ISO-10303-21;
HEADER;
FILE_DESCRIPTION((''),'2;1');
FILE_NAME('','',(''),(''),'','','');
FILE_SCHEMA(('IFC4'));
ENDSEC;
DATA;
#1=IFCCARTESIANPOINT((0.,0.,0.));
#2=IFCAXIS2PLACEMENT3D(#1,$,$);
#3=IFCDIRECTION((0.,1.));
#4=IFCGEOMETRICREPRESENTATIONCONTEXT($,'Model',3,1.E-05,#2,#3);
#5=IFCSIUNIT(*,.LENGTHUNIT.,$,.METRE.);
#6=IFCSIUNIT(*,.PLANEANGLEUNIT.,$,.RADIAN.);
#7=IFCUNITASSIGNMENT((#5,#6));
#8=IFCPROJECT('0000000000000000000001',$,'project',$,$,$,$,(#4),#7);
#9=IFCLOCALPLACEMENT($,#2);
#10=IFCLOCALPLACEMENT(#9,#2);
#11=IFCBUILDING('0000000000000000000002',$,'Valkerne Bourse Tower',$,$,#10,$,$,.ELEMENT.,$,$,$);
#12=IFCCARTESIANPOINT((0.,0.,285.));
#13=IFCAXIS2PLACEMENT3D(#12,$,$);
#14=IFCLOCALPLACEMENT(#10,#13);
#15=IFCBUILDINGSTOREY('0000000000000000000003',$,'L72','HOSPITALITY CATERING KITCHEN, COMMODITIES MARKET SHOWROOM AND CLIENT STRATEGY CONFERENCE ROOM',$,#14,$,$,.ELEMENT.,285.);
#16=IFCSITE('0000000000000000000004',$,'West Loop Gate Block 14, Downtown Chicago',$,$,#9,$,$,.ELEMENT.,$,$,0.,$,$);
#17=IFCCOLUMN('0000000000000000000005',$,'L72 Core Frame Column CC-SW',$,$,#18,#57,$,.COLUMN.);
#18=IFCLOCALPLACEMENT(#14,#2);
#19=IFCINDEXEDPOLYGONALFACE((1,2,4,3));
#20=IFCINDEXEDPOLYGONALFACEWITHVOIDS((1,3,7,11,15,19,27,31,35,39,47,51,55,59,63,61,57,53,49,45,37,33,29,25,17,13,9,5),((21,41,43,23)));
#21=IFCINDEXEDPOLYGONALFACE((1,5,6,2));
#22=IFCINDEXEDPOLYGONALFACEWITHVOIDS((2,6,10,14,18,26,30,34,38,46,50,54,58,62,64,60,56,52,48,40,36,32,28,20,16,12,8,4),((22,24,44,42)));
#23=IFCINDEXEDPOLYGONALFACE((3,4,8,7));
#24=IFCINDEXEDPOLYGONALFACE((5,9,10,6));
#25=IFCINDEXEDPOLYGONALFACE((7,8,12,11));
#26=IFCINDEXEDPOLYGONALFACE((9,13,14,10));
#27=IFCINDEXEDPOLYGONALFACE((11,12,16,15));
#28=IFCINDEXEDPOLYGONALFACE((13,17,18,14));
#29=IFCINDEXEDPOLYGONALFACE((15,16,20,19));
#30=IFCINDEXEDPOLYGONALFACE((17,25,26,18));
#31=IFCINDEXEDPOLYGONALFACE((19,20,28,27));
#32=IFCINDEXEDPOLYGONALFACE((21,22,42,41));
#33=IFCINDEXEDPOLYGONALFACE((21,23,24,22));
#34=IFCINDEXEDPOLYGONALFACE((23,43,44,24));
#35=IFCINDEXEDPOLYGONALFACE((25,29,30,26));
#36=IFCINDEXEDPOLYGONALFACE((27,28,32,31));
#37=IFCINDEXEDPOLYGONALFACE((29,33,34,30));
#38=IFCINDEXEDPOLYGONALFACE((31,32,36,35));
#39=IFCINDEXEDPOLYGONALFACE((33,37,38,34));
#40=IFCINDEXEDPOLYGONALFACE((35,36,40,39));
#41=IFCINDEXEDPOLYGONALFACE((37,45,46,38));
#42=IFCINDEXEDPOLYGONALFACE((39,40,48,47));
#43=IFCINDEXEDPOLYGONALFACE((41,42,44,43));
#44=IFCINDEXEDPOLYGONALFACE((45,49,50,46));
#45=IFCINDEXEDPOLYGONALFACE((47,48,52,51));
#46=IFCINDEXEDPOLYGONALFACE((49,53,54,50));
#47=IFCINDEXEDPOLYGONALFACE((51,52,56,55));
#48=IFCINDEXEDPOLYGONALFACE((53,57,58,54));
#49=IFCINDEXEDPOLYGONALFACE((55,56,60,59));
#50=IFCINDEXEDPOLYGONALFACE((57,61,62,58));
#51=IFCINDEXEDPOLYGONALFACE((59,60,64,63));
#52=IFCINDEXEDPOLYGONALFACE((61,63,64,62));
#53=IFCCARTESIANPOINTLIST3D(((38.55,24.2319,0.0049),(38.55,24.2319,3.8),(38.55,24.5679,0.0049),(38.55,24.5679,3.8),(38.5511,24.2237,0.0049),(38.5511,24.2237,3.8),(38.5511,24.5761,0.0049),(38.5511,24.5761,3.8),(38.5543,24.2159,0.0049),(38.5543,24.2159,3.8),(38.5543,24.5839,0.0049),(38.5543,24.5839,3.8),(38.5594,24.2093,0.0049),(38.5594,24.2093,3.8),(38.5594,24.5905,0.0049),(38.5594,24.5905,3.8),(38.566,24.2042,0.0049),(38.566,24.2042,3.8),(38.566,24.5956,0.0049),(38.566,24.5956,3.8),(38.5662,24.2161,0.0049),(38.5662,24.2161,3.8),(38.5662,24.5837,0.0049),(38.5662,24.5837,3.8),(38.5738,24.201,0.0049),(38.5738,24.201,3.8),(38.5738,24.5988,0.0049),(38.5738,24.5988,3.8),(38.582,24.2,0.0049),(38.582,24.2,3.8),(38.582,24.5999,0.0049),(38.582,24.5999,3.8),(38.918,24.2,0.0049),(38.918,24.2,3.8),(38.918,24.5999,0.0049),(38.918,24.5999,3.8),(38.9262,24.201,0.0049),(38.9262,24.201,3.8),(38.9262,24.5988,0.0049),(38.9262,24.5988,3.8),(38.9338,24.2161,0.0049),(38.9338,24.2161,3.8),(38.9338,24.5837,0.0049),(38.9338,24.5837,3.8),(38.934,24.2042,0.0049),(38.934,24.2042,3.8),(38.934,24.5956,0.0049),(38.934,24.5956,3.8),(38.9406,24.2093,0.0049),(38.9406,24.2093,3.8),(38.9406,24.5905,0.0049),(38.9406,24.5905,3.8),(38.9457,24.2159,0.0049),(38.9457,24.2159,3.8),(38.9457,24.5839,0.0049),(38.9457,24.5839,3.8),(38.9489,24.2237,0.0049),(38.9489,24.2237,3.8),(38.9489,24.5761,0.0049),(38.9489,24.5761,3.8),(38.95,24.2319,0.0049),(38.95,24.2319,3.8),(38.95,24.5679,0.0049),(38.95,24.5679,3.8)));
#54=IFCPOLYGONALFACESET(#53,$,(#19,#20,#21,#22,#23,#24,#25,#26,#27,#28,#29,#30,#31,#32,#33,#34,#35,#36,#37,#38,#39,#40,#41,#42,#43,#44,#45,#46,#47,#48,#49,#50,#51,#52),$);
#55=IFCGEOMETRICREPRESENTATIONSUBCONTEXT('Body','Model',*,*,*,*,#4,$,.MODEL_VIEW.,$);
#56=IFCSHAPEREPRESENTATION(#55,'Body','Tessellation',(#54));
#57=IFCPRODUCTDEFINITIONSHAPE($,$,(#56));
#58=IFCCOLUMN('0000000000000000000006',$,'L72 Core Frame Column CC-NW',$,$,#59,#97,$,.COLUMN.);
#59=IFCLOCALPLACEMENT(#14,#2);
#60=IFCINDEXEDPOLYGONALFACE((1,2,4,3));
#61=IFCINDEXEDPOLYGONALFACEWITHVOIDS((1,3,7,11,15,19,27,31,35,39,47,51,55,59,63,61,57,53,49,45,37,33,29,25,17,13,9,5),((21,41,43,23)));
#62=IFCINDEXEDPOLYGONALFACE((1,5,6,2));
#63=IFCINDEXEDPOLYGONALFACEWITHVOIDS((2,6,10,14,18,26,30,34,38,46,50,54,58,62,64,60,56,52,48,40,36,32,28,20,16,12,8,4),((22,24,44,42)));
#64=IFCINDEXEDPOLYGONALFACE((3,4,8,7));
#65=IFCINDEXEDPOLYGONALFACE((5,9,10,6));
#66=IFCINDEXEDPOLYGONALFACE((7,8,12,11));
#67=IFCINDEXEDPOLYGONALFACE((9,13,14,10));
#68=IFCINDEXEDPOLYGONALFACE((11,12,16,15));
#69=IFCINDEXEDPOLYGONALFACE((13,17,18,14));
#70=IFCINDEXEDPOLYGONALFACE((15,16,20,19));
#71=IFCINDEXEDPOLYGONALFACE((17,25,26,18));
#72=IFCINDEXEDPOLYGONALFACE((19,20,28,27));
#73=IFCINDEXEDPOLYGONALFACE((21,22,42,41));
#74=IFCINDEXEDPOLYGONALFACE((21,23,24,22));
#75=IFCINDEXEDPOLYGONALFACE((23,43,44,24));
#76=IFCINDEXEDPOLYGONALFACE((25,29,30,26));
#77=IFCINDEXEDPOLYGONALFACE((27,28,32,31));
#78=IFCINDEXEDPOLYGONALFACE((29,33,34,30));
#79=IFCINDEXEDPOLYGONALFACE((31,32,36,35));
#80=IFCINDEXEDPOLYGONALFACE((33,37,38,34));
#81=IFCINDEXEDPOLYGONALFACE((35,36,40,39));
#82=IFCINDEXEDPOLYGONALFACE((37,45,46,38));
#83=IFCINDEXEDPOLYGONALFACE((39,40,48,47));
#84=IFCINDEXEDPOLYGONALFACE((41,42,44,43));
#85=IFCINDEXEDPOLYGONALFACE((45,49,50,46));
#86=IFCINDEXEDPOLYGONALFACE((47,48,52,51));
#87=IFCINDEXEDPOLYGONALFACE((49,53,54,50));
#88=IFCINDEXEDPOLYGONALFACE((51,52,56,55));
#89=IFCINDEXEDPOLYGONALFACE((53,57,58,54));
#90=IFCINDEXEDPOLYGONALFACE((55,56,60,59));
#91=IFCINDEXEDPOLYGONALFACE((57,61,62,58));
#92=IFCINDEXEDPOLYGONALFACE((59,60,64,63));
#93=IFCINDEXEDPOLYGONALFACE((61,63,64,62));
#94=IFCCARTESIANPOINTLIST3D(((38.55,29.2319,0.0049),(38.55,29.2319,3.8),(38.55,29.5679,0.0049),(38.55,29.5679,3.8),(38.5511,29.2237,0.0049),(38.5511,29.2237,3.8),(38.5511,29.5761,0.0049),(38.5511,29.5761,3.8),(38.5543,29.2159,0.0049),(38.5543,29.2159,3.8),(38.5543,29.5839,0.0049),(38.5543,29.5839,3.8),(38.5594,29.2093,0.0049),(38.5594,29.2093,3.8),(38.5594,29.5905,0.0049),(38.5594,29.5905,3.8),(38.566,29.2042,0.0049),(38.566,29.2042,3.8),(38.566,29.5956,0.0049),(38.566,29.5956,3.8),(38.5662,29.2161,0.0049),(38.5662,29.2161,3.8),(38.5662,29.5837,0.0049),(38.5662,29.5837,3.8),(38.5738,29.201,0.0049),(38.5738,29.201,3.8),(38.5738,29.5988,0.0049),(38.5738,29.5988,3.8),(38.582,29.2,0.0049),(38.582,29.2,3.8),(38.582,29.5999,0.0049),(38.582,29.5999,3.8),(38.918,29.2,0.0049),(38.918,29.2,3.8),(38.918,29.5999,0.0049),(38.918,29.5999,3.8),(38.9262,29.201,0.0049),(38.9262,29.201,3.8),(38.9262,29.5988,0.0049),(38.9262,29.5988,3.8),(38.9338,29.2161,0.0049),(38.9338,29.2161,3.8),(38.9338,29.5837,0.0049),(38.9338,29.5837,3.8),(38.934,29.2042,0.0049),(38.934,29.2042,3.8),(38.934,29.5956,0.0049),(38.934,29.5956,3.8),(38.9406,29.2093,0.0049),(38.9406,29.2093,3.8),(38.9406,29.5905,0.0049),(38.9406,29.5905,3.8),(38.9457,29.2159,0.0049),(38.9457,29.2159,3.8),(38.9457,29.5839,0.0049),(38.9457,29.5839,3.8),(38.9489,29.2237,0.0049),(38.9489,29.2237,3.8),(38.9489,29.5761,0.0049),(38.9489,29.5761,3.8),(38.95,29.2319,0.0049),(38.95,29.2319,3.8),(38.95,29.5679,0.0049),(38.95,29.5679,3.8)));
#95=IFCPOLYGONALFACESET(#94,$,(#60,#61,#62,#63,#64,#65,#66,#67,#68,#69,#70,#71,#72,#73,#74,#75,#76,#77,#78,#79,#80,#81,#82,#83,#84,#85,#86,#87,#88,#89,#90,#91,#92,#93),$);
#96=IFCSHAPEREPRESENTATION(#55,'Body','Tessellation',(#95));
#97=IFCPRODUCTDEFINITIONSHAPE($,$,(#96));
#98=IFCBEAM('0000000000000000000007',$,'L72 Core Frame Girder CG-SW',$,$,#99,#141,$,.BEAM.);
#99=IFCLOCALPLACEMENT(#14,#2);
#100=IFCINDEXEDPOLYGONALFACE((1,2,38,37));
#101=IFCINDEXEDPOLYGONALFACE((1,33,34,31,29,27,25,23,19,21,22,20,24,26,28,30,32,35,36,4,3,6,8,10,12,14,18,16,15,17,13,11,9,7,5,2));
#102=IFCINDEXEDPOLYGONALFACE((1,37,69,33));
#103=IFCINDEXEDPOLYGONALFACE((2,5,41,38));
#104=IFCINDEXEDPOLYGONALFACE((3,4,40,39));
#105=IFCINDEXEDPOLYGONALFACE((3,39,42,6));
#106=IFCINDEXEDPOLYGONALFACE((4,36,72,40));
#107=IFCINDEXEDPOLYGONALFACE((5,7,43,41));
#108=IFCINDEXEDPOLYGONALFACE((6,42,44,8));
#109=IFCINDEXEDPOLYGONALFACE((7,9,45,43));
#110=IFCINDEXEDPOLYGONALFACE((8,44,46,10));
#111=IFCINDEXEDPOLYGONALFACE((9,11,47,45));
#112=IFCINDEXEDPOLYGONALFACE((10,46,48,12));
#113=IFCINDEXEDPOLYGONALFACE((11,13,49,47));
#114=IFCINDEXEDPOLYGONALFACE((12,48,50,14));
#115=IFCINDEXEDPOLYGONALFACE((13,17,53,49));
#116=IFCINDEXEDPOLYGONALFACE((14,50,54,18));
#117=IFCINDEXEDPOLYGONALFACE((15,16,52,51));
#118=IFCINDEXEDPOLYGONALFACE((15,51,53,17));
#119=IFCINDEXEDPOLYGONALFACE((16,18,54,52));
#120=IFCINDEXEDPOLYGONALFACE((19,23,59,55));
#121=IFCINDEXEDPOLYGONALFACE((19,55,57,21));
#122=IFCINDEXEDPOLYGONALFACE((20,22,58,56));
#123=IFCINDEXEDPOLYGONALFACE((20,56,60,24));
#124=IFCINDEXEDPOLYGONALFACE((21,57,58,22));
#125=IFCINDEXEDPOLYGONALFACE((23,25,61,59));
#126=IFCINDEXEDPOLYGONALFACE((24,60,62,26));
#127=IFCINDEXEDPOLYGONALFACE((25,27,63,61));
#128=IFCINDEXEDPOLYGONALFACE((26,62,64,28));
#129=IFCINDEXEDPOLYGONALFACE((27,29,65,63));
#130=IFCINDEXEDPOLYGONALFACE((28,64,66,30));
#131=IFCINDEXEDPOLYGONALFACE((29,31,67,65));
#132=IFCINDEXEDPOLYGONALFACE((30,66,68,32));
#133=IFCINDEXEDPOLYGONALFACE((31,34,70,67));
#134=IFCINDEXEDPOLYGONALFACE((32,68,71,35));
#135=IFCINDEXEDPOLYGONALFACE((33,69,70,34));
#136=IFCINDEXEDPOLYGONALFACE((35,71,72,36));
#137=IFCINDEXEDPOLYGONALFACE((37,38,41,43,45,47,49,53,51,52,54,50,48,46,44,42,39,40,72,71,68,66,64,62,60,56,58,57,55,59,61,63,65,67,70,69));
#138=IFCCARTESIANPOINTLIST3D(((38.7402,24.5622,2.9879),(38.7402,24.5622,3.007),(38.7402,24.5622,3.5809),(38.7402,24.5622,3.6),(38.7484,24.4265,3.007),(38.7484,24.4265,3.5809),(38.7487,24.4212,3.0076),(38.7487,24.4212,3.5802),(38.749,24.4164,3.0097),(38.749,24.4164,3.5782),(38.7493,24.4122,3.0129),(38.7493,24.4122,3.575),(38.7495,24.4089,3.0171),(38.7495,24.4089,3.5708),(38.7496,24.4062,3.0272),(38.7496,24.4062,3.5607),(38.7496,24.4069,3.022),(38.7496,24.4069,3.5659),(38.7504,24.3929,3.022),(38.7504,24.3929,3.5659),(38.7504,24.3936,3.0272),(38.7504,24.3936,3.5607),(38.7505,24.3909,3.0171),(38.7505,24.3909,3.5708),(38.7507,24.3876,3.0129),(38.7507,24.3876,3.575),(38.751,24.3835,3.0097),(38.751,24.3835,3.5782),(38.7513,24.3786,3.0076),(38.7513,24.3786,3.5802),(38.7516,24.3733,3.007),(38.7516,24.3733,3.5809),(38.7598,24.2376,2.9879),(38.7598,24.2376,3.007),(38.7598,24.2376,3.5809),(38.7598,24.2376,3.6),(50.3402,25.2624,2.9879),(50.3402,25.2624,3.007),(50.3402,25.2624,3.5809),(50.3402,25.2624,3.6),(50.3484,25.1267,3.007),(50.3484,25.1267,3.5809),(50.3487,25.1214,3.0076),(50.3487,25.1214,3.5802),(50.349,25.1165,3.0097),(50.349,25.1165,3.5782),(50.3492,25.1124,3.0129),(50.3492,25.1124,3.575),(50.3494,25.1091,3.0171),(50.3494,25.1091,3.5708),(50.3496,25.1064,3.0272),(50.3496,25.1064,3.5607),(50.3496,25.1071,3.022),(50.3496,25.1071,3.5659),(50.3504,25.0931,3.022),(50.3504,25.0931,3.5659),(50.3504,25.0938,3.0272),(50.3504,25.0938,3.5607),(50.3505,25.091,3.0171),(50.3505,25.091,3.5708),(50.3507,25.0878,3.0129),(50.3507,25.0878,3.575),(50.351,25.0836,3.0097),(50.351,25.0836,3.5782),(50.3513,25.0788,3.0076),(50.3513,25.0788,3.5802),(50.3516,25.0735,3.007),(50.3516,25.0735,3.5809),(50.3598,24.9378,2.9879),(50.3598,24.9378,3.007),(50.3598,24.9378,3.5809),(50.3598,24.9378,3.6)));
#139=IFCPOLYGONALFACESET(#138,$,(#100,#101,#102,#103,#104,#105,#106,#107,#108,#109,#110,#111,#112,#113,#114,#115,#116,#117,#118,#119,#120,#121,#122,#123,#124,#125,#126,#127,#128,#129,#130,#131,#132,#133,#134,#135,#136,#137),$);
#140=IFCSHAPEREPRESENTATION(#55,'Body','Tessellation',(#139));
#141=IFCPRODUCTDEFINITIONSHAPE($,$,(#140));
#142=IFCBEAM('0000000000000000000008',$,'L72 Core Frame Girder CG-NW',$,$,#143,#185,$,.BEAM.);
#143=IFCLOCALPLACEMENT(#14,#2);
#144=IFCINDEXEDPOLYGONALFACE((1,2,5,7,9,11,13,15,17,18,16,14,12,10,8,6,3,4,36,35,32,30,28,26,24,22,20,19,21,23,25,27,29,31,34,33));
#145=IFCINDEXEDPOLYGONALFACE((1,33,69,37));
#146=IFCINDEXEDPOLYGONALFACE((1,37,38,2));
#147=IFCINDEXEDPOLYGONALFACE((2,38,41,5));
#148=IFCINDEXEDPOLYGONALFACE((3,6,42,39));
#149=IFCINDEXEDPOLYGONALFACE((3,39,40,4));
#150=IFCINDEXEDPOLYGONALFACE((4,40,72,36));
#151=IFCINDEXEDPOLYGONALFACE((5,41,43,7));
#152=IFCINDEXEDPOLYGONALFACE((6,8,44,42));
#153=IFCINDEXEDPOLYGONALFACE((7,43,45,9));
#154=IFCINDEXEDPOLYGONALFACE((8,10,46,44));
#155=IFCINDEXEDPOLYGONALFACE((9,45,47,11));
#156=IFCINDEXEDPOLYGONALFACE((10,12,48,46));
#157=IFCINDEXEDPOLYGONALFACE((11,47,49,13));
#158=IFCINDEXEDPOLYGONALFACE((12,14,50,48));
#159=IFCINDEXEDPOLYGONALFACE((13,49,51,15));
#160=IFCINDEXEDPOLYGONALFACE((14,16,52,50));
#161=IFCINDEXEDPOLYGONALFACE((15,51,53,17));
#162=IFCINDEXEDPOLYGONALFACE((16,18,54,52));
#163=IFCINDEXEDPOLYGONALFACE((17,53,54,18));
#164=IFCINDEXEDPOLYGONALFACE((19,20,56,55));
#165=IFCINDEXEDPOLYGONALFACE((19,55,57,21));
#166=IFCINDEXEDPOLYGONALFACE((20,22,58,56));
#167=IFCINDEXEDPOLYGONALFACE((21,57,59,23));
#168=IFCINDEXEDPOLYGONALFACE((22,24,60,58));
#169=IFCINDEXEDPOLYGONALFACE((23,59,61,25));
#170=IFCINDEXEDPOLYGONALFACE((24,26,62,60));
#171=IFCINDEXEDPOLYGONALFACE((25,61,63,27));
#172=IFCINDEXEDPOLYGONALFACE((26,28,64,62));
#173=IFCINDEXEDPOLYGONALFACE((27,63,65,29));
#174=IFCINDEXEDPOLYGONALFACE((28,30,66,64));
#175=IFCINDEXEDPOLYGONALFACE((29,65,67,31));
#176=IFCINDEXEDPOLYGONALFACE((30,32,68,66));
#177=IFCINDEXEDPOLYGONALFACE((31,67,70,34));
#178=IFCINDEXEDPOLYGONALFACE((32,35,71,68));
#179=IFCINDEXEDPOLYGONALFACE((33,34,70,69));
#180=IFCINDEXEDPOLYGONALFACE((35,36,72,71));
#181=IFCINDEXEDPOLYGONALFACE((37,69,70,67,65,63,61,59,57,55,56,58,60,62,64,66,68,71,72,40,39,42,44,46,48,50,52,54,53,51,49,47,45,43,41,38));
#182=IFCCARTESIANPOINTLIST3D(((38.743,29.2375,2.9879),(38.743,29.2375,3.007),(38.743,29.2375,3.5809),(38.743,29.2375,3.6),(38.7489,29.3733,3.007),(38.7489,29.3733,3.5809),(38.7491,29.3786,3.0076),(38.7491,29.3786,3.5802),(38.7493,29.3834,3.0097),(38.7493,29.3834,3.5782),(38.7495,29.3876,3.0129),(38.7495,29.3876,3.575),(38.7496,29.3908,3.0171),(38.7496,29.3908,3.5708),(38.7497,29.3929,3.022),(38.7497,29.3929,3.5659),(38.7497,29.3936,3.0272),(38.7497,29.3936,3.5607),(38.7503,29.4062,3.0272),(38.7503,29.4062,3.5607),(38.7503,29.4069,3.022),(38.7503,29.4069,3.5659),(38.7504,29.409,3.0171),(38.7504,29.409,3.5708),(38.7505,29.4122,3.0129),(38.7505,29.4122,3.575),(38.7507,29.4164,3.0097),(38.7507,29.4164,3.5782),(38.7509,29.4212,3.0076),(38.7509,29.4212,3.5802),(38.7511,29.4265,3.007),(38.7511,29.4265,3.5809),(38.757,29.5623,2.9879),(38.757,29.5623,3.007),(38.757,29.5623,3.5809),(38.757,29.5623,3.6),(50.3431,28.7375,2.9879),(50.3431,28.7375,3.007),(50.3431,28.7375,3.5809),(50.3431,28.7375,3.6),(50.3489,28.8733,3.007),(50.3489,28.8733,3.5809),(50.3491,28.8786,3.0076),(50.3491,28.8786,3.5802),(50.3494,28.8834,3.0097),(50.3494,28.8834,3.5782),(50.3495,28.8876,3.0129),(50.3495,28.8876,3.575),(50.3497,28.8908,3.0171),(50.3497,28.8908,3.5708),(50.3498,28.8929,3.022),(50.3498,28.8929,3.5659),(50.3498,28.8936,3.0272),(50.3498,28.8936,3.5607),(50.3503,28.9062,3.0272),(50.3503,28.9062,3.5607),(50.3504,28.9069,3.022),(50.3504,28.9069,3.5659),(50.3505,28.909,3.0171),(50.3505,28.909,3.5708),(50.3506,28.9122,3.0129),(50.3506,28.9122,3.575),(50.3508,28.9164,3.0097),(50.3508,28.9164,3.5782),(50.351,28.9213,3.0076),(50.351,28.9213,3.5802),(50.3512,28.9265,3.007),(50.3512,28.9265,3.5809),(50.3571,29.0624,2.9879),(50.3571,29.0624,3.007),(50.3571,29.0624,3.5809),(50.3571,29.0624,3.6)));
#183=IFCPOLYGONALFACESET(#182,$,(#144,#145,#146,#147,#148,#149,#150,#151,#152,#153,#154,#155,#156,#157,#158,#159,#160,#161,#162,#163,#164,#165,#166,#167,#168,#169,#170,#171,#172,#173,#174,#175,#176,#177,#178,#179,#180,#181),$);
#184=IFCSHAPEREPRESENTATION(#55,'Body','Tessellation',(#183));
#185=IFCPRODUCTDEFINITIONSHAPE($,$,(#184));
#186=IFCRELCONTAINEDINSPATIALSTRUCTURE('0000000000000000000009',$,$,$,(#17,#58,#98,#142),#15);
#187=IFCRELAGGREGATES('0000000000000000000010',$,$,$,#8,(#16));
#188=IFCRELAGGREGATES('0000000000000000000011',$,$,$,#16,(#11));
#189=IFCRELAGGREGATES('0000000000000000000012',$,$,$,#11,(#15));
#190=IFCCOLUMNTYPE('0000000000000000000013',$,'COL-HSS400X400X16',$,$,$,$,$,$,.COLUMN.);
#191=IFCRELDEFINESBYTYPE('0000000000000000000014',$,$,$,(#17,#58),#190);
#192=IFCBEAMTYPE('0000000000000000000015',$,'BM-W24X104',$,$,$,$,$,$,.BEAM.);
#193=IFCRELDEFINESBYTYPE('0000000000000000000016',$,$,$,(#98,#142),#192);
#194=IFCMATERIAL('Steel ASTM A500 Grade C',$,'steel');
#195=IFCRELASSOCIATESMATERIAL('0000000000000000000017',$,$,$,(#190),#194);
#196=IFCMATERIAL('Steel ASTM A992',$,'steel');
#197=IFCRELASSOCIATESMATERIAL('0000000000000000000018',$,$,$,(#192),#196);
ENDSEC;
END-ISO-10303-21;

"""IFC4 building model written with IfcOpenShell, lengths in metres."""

from ifc_helpers import new_model, si_unit, direction, frame, origin, origin_2d, place, context, subcontext, project, spatial, hollow_rectangle, i_section, extrude, material, material_profile, profile_set, type_object, element, save


model = new_model("IFC4")

# Units and contexts
model_context = context("Model", 3, precision=1e-05, world=origin(), true_north=direction((0.0, 1.0)))
body_context = subcontext(model_context, "Body", "Model", "MODEL_VIEW")
ifc_project = project(units=[si_unit("LENGTHUNIT", "METRE"), si_unit("PLANEANGLEUNIT", "RADIAN")], contexts=[model_context])

# Site, building, storey
site_placement = place(None, origin())
site = spatial("IfcSite", under=ifc_project, at=site_placement, Name="West Loop Gate Block 14, Downtown Chicago", CompositionType="ELEMENT", RefElevation=0.0)
building_placement = place(site_placement, origin())
building = spatial("IfcBuilding", under=site, at=building_placement, Name="Valkerne Bourse Tower", CompositionType="ELEMENT")
storey_placement = place(building_placement, frame((0.0, 0.0, 285.0)))
storey = spatial("IfcBuildingStorey", under=building, at=storey_placement, Name="L72", Description="HOSPITALITY CATERING KITCHEN, COMMODITIES MARKET SHOWROOM AND CLIENT STRATEGY CONFERENCE ROOM", CompositionType="ELEMENT", Elevation=285.0)

# Columns
ifc_material_1 = material(Name="Steel ASTM A500 Grade C", Category="steel")
ifc_material_profile_1 = material_profile(ifc_material_1, hollow_rectangle(XDim=0.3999, YDim=0.3999, WallThickness=0.0161, OuterFilletRadius=0.032, at=origin_2d()), Name="HSS400X400X16")
ifc_profile_set_1 = profile_set([ifc_material_profile_1], Name="Steel ASTM A500 Grade C")
column_type = type_object("IfcColumnType", Name="COL-HSS400X400X16", PredefinedType="COLUMN", material=ifc_profile_set_1)
for number, where, z_axis, x_axis, name in (
    (1, (38.75, 24.3999, 0.0049), (0.0, 0.0, 1.0), (1.0, 0.0, 0.0), "L72 Core Frame Column CC-SW"),
    (2, (38.75, 29.3999, 0.0049), (0.0, 0.0, 1.0), (1.0, 0.0, 0.0), "L72 Core Frame Column CC-NW"),
):
    element("IfcColumn", number, at=place(storey_placement, frame(where, z_axis=z_axis, x_axis=x_axis)), inside=storey, type_object=column_type, Name=name, PredefinedType="COLUMN", context=body_context, shape_type="SweptSolid", body=[
        extrude(hollow_rectangle(XDim=0.3999, YDim=0.3999, WallThickness=0.0161, OuterFilletRadius=0.032, at=origin_2d()), origin(), (0.0, 0.0, 1.0), 3.7952),
    ])

# Beams
ifc_material_2 = material(Name="Steel ASTM A992", Category="steel")
ifc_material_profile_2 = material_profile(ifc_material_2, i_section(OverallWidth=0.3252, OverallDepth=0.6121, WebThickness=0.0127, FlangeThickness=0.019, FilletRadius=0.0203, at=origin_2d()), Name="W24X104")
ifc_profile_set_2 = profile_set([ifc_material_profile_2], Name="Steel ASTM A992")
beam_type = type_object("IfcBeamType", Name="BM-W24X104", PredefinedType="BEAM", material=ifc_profile_set_2)
beam_1_placement = place(storey_placement, frame((38.75, 24.3999, 3.2939), z_axis=(0.998183, 0.060251, 0.0), x_axis=(-0.060251, 0.998183, 0.0)))
element("IfcBeam", 3, at=beam_1_placement, inside=storey, type_object=beam_type, Name="L72 Core Frame Girder CG-SW", PredefinedType="BEAM", context=body_context, shape_type="SweptSolid", body=[
    extrude(i_section(OverallWidth=0.3252, OverallDepth=0.6121, WebThickness=0.0127, FlangeThickness=0.019, FilletRadius=0.0203, at=origin_2d()), origin(), (0.0, 0.0, 1.0), 11.6211),
])
beam_2_placement = place(storey_placement, frame((38.75, 29.3999, 3.2939), z_axis=(0.999072, -0.043063, 0.0), x_axis=(0.043063, 0.999072, 0.0)))
element("IfcBeam", 4, at=beam_2_placement, inside=storey, type_object=beam_type, Name="L72 Core Frame Girder CG-NW", PredefinedType="BEAM", context=body_context, shape_type="SweptSolid", body=[
    extrude(i_section(OverallWidth=0.3252, OverallDepth=0.6121, WebThickness=0.0127, FlangeThickness=0.019, FilletRadius=0.0203, at=origin_2d()), origin(), (0.0, 0.0, 1.0), 11.6108),
])

save(model, "model.ifc")
